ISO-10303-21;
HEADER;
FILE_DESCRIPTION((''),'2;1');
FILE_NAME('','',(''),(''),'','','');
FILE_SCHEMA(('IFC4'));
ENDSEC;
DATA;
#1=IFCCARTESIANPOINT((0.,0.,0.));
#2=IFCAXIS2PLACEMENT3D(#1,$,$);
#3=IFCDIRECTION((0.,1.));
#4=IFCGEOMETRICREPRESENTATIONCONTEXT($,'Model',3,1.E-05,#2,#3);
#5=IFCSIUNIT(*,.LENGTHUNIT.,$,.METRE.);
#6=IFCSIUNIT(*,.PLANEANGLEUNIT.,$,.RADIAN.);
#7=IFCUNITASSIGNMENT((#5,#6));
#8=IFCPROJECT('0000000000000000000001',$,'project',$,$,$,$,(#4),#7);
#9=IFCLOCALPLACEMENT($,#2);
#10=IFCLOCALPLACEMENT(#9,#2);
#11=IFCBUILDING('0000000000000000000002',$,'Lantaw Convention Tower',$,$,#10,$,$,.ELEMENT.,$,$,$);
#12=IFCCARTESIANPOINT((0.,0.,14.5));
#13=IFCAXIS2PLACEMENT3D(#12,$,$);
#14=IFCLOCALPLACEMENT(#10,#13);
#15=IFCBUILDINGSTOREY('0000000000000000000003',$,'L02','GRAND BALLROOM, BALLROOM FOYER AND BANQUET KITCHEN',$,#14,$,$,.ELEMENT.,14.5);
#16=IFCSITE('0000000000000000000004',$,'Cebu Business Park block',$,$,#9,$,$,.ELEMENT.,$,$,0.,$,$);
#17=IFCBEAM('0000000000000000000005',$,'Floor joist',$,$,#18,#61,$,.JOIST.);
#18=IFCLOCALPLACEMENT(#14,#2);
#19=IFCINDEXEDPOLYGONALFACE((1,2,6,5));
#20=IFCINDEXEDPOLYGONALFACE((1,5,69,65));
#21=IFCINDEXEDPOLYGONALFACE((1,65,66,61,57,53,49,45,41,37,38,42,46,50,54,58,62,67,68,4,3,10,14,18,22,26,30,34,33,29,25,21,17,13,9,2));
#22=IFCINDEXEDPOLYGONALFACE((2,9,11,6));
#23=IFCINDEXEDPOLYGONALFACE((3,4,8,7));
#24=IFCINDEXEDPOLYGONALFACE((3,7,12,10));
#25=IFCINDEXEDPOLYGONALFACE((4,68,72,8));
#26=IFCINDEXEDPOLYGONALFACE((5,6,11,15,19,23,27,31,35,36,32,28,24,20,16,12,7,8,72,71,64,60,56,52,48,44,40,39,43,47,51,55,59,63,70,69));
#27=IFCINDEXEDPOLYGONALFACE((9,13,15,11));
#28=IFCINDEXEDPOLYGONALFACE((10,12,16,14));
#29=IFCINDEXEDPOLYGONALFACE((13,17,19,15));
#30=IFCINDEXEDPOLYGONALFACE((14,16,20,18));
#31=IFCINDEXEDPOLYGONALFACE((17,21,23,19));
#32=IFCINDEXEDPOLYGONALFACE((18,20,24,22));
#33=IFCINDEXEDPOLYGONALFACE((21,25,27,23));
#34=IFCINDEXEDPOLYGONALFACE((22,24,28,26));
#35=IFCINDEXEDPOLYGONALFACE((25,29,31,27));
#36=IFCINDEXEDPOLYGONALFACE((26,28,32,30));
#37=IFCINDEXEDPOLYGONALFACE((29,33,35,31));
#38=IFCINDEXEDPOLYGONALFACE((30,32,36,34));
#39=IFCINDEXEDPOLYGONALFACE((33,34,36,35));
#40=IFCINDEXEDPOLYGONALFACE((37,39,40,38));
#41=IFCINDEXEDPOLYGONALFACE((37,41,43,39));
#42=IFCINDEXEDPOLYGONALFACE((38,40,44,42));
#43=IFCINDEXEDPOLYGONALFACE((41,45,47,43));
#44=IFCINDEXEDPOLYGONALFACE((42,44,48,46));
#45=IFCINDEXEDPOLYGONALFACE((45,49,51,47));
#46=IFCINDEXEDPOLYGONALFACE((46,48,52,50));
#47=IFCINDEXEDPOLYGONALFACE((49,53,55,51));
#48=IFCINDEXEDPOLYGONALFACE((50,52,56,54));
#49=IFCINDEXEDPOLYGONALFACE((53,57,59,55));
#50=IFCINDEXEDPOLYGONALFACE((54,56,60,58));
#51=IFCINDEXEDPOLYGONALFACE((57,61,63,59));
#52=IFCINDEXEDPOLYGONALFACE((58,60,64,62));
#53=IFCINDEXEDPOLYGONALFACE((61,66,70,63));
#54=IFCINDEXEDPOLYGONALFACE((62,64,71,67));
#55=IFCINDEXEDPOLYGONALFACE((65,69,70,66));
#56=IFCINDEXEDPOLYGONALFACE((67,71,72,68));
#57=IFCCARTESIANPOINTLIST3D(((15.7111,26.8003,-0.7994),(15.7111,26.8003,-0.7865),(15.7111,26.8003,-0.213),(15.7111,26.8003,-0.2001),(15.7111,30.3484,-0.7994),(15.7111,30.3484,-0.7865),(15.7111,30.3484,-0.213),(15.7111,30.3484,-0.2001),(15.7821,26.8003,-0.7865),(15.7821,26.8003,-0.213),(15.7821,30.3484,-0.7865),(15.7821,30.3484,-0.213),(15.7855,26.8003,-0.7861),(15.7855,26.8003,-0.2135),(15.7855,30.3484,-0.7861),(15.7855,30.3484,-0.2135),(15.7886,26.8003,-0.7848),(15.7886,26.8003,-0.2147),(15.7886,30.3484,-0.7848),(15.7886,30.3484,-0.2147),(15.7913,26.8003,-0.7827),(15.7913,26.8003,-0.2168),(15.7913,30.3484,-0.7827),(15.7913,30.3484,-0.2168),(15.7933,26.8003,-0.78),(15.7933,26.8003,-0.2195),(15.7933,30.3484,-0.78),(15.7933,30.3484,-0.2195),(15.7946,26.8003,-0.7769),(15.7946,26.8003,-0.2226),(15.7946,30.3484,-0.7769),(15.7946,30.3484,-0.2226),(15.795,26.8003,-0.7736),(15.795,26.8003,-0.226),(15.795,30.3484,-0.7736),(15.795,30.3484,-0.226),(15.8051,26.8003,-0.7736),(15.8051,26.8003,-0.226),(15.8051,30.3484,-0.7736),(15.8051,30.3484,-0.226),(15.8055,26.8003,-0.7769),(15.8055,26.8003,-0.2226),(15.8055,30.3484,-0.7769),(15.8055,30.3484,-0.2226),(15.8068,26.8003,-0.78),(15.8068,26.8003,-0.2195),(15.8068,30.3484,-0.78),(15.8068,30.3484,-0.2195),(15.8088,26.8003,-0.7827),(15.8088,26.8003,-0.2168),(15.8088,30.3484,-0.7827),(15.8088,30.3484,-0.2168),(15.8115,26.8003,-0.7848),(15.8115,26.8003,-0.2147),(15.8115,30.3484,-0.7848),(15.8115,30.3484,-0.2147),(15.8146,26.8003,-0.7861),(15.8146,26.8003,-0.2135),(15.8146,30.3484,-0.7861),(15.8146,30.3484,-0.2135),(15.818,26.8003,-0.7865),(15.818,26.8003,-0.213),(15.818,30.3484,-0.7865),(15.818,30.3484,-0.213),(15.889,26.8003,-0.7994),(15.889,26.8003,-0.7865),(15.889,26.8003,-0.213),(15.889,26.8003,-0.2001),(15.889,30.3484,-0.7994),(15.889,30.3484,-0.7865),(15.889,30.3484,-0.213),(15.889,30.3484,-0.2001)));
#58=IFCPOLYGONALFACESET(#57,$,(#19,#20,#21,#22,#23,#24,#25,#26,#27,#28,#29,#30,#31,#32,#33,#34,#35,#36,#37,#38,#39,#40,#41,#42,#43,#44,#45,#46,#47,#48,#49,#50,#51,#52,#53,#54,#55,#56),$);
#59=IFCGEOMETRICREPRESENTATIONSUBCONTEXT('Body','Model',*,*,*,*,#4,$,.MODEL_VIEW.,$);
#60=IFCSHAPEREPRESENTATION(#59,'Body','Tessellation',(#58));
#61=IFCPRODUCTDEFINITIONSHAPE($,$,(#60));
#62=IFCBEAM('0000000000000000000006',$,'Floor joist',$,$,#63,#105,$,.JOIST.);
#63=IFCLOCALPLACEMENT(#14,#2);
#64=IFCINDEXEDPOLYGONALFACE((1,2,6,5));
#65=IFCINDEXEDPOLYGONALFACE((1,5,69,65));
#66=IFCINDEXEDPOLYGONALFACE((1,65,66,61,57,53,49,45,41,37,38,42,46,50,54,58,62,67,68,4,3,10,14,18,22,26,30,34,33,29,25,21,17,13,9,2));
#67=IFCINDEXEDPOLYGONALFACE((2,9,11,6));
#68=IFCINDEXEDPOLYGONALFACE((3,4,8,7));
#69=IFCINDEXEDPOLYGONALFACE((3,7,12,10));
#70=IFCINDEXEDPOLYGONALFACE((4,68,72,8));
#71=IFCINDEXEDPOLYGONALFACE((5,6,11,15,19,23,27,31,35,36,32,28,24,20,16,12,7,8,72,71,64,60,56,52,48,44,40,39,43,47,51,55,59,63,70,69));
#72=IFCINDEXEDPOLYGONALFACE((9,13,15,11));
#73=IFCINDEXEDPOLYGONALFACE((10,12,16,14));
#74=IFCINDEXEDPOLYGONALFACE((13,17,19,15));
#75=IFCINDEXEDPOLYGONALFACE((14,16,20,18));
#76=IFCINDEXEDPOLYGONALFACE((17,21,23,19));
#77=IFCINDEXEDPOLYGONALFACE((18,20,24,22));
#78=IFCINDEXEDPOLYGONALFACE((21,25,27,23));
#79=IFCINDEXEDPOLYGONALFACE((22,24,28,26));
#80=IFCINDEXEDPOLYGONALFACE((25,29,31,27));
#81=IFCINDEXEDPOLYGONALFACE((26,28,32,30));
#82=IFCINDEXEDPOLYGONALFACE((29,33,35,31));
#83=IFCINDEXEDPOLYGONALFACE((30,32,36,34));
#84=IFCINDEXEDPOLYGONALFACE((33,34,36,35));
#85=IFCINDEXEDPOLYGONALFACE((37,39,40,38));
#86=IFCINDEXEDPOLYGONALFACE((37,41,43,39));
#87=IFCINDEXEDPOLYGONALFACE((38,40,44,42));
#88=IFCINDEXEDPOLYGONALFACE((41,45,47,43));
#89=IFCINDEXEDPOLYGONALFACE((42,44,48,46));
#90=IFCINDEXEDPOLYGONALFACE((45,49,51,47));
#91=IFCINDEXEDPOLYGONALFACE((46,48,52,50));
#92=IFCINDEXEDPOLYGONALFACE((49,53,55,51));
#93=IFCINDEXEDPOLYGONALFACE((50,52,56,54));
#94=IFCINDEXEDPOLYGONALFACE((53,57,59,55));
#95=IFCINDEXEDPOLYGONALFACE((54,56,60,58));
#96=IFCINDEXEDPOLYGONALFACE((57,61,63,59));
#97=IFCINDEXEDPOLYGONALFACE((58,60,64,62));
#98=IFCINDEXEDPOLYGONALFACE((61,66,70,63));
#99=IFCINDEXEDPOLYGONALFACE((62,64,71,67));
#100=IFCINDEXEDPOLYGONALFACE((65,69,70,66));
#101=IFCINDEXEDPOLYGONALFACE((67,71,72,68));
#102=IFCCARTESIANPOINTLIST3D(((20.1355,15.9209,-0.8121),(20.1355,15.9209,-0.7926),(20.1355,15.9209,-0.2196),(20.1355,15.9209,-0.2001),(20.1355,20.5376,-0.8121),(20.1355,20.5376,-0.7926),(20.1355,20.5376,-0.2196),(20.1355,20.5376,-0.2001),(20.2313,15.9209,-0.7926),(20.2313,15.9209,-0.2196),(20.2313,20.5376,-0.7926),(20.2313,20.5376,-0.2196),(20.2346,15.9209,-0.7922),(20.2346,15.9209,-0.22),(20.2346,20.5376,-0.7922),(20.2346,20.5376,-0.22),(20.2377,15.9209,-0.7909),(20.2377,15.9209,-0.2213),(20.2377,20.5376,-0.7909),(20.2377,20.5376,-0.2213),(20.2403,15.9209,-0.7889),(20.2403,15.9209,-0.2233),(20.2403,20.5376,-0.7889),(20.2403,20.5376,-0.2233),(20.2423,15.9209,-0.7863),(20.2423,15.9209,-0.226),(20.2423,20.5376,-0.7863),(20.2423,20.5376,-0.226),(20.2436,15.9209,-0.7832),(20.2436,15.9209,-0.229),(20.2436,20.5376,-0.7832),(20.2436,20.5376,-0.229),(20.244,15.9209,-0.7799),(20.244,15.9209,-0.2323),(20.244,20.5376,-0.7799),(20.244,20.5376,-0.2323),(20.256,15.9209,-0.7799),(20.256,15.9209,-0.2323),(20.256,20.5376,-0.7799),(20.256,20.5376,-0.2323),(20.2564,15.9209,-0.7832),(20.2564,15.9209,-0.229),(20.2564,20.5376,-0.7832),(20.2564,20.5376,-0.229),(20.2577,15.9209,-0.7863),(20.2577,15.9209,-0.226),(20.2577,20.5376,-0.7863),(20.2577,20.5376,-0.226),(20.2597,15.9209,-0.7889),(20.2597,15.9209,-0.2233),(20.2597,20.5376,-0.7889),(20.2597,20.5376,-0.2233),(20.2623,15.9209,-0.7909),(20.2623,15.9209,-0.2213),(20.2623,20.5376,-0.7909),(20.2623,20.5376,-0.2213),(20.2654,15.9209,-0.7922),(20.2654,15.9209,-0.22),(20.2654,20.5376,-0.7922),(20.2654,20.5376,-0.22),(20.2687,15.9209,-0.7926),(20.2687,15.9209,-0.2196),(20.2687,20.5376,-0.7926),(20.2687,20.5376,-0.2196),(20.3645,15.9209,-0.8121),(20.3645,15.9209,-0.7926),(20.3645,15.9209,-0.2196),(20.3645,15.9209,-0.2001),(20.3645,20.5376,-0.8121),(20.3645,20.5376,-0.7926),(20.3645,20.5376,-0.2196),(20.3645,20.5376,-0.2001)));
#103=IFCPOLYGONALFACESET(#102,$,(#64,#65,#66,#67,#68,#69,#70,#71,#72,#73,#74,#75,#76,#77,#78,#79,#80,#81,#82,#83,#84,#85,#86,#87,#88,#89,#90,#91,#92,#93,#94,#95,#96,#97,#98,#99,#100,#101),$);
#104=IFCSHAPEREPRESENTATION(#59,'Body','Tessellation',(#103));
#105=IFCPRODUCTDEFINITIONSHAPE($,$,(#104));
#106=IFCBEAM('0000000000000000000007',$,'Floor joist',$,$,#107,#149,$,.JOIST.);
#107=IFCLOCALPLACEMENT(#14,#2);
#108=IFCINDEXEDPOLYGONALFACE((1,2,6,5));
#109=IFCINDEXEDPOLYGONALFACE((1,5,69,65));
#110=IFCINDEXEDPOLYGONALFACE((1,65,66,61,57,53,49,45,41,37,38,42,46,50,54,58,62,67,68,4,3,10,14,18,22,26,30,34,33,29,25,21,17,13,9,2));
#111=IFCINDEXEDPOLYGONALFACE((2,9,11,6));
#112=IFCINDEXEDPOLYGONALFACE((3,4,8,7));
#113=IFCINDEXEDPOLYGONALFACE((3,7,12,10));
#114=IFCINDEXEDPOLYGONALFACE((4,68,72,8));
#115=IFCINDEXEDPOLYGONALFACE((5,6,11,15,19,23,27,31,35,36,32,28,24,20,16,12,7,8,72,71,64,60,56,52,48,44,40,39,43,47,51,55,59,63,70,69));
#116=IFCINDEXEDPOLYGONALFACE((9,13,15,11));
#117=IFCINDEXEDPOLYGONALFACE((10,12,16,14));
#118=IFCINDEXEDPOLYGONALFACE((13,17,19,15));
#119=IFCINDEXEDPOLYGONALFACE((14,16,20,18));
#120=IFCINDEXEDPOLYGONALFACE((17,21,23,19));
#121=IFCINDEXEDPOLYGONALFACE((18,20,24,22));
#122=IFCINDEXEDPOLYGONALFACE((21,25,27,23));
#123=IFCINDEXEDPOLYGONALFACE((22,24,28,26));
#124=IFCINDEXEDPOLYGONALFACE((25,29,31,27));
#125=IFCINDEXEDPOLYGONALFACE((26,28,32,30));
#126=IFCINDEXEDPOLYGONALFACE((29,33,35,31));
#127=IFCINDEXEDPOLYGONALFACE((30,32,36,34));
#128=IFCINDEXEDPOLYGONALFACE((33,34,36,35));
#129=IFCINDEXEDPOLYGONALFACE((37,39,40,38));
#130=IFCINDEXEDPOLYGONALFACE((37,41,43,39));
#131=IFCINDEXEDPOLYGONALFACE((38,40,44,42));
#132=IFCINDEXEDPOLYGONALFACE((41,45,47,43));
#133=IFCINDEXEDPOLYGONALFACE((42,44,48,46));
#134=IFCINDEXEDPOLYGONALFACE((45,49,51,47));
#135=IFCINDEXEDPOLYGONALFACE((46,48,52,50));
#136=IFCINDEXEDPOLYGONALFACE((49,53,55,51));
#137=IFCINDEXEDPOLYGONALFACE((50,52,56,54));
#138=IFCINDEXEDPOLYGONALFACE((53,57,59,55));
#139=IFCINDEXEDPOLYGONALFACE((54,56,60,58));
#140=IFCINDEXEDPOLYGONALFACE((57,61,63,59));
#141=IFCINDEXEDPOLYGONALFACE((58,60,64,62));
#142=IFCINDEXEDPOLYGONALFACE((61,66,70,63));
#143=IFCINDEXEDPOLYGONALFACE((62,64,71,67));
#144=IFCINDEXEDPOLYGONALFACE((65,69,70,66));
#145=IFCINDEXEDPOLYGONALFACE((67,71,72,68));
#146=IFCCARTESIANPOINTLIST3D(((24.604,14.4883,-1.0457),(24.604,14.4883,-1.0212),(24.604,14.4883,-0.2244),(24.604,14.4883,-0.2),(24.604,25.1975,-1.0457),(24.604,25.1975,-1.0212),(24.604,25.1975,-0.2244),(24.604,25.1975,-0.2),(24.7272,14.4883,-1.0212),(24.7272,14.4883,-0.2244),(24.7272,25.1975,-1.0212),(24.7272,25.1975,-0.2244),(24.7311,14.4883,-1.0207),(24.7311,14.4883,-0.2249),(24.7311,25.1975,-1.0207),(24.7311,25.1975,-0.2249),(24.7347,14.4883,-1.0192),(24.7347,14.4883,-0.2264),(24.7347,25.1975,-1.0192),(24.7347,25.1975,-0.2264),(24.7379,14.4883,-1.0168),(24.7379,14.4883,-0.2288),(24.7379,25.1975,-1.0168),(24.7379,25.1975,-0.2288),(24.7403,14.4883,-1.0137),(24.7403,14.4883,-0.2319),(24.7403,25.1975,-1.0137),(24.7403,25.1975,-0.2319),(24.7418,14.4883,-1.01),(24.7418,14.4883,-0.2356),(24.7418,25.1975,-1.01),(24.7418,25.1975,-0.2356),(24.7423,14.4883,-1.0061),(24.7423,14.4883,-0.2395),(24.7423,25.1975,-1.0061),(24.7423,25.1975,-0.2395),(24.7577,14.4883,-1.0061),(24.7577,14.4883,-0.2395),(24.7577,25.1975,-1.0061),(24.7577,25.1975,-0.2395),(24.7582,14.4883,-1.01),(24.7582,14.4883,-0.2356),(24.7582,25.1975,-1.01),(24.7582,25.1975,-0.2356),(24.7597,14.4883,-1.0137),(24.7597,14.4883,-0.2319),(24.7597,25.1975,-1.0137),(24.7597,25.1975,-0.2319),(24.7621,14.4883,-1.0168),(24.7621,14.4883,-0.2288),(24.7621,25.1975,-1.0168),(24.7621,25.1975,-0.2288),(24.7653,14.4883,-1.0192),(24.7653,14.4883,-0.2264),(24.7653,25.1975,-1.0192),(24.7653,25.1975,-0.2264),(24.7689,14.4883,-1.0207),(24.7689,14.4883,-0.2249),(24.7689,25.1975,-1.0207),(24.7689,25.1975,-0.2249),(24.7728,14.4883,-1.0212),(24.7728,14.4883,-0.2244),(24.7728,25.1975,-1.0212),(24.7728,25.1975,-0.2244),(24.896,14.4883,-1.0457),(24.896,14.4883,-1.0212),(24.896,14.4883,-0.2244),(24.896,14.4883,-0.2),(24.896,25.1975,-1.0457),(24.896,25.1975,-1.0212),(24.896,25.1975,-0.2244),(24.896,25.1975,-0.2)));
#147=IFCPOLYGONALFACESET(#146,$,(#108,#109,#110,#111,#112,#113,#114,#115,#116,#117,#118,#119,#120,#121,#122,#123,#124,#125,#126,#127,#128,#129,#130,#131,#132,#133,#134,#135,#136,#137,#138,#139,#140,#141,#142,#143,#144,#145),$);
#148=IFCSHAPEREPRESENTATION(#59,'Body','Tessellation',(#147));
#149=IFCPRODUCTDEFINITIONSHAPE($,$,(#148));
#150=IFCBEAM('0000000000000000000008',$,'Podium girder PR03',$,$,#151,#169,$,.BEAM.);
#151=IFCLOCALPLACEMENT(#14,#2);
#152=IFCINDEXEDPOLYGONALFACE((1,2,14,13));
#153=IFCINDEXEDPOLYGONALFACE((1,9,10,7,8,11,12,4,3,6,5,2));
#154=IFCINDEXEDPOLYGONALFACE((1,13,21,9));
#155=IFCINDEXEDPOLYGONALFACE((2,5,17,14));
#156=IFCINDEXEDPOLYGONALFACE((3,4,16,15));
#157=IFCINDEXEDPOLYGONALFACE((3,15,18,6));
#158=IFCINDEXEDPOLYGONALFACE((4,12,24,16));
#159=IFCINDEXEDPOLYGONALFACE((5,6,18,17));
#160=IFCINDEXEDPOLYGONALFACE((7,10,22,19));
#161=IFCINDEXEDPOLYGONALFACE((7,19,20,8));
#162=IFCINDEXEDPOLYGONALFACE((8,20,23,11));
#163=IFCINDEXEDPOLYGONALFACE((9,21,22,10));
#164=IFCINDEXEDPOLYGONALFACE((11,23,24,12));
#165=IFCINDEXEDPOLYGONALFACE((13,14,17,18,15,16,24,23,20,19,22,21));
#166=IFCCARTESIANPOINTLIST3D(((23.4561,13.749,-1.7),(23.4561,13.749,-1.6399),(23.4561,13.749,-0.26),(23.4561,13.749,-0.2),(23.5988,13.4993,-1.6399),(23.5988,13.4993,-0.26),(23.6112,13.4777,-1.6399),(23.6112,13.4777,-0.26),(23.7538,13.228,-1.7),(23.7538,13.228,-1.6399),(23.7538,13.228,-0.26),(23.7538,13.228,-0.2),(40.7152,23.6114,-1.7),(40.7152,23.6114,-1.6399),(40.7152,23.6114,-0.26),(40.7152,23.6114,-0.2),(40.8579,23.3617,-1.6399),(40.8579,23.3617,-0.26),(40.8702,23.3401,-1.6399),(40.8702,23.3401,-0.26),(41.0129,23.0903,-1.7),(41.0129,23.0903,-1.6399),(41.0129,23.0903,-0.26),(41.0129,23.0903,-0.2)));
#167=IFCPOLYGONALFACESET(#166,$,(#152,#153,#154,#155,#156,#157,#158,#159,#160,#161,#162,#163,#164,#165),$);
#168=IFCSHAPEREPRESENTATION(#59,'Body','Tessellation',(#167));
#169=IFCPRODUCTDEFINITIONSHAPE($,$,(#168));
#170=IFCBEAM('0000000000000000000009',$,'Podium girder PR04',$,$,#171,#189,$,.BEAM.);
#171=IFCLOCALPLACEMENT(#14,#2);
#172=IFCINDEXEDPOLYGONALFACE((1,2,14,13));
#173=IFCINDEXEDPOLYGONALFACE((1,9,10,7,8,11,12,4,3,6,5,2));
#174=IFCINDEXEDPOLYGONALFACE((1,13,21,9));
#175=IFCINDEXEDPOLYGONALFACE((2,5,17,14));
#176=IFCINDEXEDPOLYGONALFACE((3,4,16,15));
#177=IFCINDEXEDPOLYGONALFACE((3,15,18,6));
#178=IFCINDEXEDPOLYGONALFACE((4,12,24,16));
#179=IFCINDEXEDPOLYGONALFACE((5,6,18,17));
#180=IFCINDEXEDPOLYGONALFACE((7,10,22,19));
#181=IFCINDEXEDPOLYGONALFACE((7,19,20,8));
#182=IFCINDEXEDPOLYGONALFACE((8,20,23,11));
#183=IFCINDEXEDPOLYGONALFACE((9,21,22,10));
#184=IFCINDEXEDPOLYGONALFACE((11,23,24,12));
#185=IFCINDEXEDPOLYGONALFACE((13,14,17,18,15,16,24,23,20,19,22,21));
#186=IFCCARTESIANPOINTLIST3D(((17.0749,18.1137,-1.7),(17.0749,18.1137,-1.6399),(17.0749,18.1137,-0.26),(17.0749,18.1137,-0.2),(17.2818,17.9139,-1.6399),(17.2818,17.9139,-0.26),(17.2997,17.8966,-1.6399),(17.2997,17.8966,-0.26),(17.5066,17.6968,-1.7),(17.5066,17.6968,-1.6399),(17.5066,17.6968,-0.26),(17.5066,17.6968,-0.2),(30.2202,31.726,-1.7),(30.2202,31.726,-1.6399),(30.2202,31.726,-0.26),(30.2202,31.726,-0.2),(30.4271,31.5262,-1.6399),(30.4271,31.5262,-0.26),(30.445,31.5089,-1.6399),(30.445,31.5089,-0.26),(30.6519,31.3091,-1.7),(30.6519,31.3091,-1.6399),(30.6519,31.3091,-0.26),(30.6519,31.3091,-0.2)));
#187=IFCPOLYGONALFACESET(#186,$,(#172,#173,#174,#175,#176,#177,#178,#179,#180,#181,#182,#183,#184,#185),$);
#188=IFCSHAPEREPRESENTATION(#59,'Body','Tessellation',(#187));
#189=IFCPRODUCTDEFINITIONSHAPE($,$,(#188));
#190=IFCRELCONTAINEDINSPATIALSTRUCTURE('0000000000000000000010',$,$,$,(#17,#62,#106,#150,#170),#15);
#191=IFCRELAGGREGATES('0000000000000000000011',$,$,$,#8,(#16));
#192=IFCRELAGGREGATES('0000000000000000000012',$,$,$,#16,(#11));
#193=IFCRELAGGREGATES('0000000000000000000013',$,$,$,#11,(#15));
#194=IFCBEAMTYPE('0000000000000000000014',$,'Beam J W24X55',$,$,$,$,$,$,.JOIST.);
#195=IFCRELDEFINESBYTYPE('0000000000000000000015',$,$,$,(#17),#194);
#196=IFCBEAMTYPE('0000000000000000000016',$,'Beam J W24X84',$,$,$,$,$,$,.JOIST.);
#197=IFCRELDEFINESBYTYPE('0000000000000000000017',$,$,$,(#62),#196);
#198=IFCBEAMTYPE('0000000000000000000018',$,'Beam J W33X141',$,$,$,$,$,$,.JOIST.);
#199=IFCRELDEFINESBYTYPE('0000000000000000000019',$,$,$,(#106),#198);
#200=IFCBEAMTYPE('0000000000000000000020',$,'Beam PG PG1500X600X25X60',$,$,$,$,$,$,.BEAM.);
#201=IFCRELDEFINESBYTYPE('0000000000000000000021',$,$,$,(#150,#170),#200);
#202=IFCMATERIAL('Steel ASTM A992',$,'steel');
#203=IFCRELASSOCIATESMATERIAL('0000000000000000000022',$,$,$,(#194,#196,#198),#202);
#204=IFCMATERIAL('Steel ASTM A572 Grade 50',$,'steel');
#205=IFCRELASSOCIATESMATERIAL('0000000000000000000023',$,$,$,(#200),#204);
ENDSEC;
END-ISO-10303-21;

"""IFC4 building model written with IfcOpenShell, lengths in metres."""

from ifc_helpers import new_model, si_unit, direction, frame, origin, origin_2d, place, context, subcontext, project, spatial, i_section, extrude, material, material_profile, profile_set, type_object, element, save


model = new_model("IFC4")

# Units and contexts
model_context = context("Model", 3, precision=1e-05, world=origin(), true_north=direction((0.0, 1.0)))
body_context = subcontext(model_context, "Body", "Model", "MODEL_VIEW")
ifc_project = project(units=[si_unit("LENGTHUNIT", "METRE"), si_unit("PLANEANGLEUNIT", "RADIAN")], contexts=[model_context])

# Site, building, storey
site_placement = place(None, origin())
site = spatial("IfcSite", under=ifc_project, at=site_placement, Name="Cebu Business Park block", CompositionType="ELEMENT", RefElevation=0.0)
building_placement = place(site_placement, origin())
building = spatial("IfcBuilding", under=site, at=building_placement, Name="Lantaw Convention Tower", CompositionType="ELEMENT")
storey_placement = place(building_placement, frame((0.0, 0.0, 14.5)))
storey = spatial("IfcBuildingStorey", under=building, at=storey_placement, Name="L02", Description="GRAND BALLROOM, BALLROOM FOYER AND BANQUET KITCHEN", CompositionType="ELEMENT", Elevation=14.5)

# Shared definitions
ifc_material_1 = material(Name="Steel ASTM A572 Grade 50", Category="steel")

# Beams
ifc_material_2 = material(Name="Steel ASTM A992", Category="steel")
ifc_material_profile_1 = material_profile(ifc_material_2, i_section(OverallWidth=0.178, OverallDepth=0.5994, WebThickness=0.01, FlangeThickness=0.0129, FilletRadius=0.0129, at=origin_2d()), Name="W24X55")
ifc_profile_set_1 = profile_set([ifc_material_profile_1], Name="Steel ASTM A992")
beam_type_1 = type_object("IfcBeamType", Name="Beam J W24X55", PredefinedType="JOIST", material=ifc_profile_set_1)
beam_1_placement = place(storey_placement, frame((15.8, 26.8003, -0.4998), z_axis=(0.0, 1.0, 0.0), x_axis=(-1.0, 0.0, 0.0)))
element("IfcBeam", 1, at=beam_1_placement, inside=storey, type_object=beam_type_1, Name="Floor joist", PredefinedType="JOIST", context=body_context, shape_type="SweptSolid", body=[
    extrude(i_section(OverallWidth=0.178, OverallDepth=0.5994, WebThickness=0.01, FlangeThickness=0.0129, FilletRadius=0.0129, at=origin_2d()), origin(), (0.0, 0.0, 1.0), 3.5481),
])
ifc_material_profile_2 = material_profile(ifc_material_2, i_section(OverallWidth=0.229, OverallDepth=0.6121, WebThickness=0.012, FlangeThickness=0.0195, FilletRadius=0.0127, at=origin_2d()), Name="W24X84")
ifc_profile_set_2 = profile_set([ifc_material_profile_2], Name="Steel ASTM A992")
beam_type_2 = type_object("IfcBeamType", Name="Beam J W24X84", PredefinedType="JOIST", material=ifc_profile_set_2)
beam_2_placement = place(storey_placement, frame((20.25, 15.9209, -0.5061), z_axis=(0.0, 1.0, 0.0), x_axis=(-1.0, 0.0, 0.0)))
element("IfcBeam", 2, at=beam_2_placement, inside=storey, type_object=beam_type_2, Name="Floor joist", PredefinedType="JOIST", context=body_context, shape_type="SweptSolid", body=[
    extrude(i_section(OverallWidth=0.229, OverallDepth=0.6121, WebThickness=0.012, FlangeThickness=0.0195, FilletRadius=0.0127, at=origin_2d()), origin(), (0.0, 0.0, 1.0), 4.6167),
])
ifc_material_profile_3 = material_profile(ifc_material_2, i_section(OverallWidth=0.292, OverallDepth=0.8457, WebThickness=0.0154, FlangeThickness=0.0244, FilletRadius=0.0151, at=origin_2d()), Name="W33X141")
ifc_profile_set_3 = profile_set([ifc_material_profile_3], Name="Steel ASTM A992")
beam_type_3 = type_object("IfcBeamType", Name="Beam J W33X141", PredefinedType="JOIST", material=ifc_profile_set_3)
beam_3_placement = place(storey_placement, frame((24.75, 14.4883, -0.6228), z_axis=(0.0, 1.0, 0.0), x_axis=(-1.0, 0.0, 0.0)))
element("IfcBeam", 3, at=beam_3_placement, inside=storey, type_object=beam_type_3, Name="Floor joist", PredefinedType="JOIST", context=body_context, shape_type="SweptSolid", body=[
    extrude(i_section(OverallWidth=0.292, OverallDepth=0.8457, WebThickness=0.0154, FlangeThickness=0.0244, FilletRadius=0.0151, at=origin_2d()), origin(), (0.0, 0.0, 1.0), 10.7092),
])
ifc_material_profile_4 = material_profile(ifc_material_1, i_section(OverallWidth=0.6001, OverallDepth=1.5, WebThickness=0.0249, FlangeThickness=0.0601, at=origin_2d()), Name="PG1500X600X25X60")
ifc_profile_set_4 = profile_set([ifc_material_profile_4], Name="Steel ASTM A572 Grade 50")
beam_type_4 = type_object("IfcBeamType", Name="Beam PG PG1500X600X25X60", PredefinedType="BEAM", material=ifc_profile_set_4)
beam_4_placement = place(storey_placement, frame((23.605, 13.4885, -0.95), z_axis=(0.868243, 0.496139, 0.0), x_axis=(-0.496139, 0.868243, 0.0)))
element("IfcBeam", 4, at=beam_4_placement, inside=storey, type_object=beam_type_4, Name="Podium girder PR03", PredefinedType="BEAM", context=body_context, shape_type="SweptSolid", body=[
    extrude(i_section(OverallWidth=0.6001, OverallDepth=1.5, WebThickness=0.0249, FlangeThickness=0.0601, at=origin_2d()), origin(), (0.0, 0.0, 1.0), 19.8782),
])
beam_5_placement = place(storey_placement, frame((17.2908, 17.9053, -0.95), z_axis=(0.694659, 0.719339, 0.0), x_axis=(-0.719339, 0.694659, 0.0)))
element("IfcBeam", 5, at=beam_5_placement, inside=storey, type_object=beam_type_4, Name="Podium girder PR04", PredefinedType="BEAM", context=body_context, shape_type="SweptSolid", body=[
    extrude(i_section(OverallWidth=0.6001, OverallDepth=1.5, WebThickness=0.0249, FlangeThickness=0.0601, at=origin_2d()), origin(), (0.0, 0.0, 1.0), 18.9233),
])

save(model, "model.ifc")
